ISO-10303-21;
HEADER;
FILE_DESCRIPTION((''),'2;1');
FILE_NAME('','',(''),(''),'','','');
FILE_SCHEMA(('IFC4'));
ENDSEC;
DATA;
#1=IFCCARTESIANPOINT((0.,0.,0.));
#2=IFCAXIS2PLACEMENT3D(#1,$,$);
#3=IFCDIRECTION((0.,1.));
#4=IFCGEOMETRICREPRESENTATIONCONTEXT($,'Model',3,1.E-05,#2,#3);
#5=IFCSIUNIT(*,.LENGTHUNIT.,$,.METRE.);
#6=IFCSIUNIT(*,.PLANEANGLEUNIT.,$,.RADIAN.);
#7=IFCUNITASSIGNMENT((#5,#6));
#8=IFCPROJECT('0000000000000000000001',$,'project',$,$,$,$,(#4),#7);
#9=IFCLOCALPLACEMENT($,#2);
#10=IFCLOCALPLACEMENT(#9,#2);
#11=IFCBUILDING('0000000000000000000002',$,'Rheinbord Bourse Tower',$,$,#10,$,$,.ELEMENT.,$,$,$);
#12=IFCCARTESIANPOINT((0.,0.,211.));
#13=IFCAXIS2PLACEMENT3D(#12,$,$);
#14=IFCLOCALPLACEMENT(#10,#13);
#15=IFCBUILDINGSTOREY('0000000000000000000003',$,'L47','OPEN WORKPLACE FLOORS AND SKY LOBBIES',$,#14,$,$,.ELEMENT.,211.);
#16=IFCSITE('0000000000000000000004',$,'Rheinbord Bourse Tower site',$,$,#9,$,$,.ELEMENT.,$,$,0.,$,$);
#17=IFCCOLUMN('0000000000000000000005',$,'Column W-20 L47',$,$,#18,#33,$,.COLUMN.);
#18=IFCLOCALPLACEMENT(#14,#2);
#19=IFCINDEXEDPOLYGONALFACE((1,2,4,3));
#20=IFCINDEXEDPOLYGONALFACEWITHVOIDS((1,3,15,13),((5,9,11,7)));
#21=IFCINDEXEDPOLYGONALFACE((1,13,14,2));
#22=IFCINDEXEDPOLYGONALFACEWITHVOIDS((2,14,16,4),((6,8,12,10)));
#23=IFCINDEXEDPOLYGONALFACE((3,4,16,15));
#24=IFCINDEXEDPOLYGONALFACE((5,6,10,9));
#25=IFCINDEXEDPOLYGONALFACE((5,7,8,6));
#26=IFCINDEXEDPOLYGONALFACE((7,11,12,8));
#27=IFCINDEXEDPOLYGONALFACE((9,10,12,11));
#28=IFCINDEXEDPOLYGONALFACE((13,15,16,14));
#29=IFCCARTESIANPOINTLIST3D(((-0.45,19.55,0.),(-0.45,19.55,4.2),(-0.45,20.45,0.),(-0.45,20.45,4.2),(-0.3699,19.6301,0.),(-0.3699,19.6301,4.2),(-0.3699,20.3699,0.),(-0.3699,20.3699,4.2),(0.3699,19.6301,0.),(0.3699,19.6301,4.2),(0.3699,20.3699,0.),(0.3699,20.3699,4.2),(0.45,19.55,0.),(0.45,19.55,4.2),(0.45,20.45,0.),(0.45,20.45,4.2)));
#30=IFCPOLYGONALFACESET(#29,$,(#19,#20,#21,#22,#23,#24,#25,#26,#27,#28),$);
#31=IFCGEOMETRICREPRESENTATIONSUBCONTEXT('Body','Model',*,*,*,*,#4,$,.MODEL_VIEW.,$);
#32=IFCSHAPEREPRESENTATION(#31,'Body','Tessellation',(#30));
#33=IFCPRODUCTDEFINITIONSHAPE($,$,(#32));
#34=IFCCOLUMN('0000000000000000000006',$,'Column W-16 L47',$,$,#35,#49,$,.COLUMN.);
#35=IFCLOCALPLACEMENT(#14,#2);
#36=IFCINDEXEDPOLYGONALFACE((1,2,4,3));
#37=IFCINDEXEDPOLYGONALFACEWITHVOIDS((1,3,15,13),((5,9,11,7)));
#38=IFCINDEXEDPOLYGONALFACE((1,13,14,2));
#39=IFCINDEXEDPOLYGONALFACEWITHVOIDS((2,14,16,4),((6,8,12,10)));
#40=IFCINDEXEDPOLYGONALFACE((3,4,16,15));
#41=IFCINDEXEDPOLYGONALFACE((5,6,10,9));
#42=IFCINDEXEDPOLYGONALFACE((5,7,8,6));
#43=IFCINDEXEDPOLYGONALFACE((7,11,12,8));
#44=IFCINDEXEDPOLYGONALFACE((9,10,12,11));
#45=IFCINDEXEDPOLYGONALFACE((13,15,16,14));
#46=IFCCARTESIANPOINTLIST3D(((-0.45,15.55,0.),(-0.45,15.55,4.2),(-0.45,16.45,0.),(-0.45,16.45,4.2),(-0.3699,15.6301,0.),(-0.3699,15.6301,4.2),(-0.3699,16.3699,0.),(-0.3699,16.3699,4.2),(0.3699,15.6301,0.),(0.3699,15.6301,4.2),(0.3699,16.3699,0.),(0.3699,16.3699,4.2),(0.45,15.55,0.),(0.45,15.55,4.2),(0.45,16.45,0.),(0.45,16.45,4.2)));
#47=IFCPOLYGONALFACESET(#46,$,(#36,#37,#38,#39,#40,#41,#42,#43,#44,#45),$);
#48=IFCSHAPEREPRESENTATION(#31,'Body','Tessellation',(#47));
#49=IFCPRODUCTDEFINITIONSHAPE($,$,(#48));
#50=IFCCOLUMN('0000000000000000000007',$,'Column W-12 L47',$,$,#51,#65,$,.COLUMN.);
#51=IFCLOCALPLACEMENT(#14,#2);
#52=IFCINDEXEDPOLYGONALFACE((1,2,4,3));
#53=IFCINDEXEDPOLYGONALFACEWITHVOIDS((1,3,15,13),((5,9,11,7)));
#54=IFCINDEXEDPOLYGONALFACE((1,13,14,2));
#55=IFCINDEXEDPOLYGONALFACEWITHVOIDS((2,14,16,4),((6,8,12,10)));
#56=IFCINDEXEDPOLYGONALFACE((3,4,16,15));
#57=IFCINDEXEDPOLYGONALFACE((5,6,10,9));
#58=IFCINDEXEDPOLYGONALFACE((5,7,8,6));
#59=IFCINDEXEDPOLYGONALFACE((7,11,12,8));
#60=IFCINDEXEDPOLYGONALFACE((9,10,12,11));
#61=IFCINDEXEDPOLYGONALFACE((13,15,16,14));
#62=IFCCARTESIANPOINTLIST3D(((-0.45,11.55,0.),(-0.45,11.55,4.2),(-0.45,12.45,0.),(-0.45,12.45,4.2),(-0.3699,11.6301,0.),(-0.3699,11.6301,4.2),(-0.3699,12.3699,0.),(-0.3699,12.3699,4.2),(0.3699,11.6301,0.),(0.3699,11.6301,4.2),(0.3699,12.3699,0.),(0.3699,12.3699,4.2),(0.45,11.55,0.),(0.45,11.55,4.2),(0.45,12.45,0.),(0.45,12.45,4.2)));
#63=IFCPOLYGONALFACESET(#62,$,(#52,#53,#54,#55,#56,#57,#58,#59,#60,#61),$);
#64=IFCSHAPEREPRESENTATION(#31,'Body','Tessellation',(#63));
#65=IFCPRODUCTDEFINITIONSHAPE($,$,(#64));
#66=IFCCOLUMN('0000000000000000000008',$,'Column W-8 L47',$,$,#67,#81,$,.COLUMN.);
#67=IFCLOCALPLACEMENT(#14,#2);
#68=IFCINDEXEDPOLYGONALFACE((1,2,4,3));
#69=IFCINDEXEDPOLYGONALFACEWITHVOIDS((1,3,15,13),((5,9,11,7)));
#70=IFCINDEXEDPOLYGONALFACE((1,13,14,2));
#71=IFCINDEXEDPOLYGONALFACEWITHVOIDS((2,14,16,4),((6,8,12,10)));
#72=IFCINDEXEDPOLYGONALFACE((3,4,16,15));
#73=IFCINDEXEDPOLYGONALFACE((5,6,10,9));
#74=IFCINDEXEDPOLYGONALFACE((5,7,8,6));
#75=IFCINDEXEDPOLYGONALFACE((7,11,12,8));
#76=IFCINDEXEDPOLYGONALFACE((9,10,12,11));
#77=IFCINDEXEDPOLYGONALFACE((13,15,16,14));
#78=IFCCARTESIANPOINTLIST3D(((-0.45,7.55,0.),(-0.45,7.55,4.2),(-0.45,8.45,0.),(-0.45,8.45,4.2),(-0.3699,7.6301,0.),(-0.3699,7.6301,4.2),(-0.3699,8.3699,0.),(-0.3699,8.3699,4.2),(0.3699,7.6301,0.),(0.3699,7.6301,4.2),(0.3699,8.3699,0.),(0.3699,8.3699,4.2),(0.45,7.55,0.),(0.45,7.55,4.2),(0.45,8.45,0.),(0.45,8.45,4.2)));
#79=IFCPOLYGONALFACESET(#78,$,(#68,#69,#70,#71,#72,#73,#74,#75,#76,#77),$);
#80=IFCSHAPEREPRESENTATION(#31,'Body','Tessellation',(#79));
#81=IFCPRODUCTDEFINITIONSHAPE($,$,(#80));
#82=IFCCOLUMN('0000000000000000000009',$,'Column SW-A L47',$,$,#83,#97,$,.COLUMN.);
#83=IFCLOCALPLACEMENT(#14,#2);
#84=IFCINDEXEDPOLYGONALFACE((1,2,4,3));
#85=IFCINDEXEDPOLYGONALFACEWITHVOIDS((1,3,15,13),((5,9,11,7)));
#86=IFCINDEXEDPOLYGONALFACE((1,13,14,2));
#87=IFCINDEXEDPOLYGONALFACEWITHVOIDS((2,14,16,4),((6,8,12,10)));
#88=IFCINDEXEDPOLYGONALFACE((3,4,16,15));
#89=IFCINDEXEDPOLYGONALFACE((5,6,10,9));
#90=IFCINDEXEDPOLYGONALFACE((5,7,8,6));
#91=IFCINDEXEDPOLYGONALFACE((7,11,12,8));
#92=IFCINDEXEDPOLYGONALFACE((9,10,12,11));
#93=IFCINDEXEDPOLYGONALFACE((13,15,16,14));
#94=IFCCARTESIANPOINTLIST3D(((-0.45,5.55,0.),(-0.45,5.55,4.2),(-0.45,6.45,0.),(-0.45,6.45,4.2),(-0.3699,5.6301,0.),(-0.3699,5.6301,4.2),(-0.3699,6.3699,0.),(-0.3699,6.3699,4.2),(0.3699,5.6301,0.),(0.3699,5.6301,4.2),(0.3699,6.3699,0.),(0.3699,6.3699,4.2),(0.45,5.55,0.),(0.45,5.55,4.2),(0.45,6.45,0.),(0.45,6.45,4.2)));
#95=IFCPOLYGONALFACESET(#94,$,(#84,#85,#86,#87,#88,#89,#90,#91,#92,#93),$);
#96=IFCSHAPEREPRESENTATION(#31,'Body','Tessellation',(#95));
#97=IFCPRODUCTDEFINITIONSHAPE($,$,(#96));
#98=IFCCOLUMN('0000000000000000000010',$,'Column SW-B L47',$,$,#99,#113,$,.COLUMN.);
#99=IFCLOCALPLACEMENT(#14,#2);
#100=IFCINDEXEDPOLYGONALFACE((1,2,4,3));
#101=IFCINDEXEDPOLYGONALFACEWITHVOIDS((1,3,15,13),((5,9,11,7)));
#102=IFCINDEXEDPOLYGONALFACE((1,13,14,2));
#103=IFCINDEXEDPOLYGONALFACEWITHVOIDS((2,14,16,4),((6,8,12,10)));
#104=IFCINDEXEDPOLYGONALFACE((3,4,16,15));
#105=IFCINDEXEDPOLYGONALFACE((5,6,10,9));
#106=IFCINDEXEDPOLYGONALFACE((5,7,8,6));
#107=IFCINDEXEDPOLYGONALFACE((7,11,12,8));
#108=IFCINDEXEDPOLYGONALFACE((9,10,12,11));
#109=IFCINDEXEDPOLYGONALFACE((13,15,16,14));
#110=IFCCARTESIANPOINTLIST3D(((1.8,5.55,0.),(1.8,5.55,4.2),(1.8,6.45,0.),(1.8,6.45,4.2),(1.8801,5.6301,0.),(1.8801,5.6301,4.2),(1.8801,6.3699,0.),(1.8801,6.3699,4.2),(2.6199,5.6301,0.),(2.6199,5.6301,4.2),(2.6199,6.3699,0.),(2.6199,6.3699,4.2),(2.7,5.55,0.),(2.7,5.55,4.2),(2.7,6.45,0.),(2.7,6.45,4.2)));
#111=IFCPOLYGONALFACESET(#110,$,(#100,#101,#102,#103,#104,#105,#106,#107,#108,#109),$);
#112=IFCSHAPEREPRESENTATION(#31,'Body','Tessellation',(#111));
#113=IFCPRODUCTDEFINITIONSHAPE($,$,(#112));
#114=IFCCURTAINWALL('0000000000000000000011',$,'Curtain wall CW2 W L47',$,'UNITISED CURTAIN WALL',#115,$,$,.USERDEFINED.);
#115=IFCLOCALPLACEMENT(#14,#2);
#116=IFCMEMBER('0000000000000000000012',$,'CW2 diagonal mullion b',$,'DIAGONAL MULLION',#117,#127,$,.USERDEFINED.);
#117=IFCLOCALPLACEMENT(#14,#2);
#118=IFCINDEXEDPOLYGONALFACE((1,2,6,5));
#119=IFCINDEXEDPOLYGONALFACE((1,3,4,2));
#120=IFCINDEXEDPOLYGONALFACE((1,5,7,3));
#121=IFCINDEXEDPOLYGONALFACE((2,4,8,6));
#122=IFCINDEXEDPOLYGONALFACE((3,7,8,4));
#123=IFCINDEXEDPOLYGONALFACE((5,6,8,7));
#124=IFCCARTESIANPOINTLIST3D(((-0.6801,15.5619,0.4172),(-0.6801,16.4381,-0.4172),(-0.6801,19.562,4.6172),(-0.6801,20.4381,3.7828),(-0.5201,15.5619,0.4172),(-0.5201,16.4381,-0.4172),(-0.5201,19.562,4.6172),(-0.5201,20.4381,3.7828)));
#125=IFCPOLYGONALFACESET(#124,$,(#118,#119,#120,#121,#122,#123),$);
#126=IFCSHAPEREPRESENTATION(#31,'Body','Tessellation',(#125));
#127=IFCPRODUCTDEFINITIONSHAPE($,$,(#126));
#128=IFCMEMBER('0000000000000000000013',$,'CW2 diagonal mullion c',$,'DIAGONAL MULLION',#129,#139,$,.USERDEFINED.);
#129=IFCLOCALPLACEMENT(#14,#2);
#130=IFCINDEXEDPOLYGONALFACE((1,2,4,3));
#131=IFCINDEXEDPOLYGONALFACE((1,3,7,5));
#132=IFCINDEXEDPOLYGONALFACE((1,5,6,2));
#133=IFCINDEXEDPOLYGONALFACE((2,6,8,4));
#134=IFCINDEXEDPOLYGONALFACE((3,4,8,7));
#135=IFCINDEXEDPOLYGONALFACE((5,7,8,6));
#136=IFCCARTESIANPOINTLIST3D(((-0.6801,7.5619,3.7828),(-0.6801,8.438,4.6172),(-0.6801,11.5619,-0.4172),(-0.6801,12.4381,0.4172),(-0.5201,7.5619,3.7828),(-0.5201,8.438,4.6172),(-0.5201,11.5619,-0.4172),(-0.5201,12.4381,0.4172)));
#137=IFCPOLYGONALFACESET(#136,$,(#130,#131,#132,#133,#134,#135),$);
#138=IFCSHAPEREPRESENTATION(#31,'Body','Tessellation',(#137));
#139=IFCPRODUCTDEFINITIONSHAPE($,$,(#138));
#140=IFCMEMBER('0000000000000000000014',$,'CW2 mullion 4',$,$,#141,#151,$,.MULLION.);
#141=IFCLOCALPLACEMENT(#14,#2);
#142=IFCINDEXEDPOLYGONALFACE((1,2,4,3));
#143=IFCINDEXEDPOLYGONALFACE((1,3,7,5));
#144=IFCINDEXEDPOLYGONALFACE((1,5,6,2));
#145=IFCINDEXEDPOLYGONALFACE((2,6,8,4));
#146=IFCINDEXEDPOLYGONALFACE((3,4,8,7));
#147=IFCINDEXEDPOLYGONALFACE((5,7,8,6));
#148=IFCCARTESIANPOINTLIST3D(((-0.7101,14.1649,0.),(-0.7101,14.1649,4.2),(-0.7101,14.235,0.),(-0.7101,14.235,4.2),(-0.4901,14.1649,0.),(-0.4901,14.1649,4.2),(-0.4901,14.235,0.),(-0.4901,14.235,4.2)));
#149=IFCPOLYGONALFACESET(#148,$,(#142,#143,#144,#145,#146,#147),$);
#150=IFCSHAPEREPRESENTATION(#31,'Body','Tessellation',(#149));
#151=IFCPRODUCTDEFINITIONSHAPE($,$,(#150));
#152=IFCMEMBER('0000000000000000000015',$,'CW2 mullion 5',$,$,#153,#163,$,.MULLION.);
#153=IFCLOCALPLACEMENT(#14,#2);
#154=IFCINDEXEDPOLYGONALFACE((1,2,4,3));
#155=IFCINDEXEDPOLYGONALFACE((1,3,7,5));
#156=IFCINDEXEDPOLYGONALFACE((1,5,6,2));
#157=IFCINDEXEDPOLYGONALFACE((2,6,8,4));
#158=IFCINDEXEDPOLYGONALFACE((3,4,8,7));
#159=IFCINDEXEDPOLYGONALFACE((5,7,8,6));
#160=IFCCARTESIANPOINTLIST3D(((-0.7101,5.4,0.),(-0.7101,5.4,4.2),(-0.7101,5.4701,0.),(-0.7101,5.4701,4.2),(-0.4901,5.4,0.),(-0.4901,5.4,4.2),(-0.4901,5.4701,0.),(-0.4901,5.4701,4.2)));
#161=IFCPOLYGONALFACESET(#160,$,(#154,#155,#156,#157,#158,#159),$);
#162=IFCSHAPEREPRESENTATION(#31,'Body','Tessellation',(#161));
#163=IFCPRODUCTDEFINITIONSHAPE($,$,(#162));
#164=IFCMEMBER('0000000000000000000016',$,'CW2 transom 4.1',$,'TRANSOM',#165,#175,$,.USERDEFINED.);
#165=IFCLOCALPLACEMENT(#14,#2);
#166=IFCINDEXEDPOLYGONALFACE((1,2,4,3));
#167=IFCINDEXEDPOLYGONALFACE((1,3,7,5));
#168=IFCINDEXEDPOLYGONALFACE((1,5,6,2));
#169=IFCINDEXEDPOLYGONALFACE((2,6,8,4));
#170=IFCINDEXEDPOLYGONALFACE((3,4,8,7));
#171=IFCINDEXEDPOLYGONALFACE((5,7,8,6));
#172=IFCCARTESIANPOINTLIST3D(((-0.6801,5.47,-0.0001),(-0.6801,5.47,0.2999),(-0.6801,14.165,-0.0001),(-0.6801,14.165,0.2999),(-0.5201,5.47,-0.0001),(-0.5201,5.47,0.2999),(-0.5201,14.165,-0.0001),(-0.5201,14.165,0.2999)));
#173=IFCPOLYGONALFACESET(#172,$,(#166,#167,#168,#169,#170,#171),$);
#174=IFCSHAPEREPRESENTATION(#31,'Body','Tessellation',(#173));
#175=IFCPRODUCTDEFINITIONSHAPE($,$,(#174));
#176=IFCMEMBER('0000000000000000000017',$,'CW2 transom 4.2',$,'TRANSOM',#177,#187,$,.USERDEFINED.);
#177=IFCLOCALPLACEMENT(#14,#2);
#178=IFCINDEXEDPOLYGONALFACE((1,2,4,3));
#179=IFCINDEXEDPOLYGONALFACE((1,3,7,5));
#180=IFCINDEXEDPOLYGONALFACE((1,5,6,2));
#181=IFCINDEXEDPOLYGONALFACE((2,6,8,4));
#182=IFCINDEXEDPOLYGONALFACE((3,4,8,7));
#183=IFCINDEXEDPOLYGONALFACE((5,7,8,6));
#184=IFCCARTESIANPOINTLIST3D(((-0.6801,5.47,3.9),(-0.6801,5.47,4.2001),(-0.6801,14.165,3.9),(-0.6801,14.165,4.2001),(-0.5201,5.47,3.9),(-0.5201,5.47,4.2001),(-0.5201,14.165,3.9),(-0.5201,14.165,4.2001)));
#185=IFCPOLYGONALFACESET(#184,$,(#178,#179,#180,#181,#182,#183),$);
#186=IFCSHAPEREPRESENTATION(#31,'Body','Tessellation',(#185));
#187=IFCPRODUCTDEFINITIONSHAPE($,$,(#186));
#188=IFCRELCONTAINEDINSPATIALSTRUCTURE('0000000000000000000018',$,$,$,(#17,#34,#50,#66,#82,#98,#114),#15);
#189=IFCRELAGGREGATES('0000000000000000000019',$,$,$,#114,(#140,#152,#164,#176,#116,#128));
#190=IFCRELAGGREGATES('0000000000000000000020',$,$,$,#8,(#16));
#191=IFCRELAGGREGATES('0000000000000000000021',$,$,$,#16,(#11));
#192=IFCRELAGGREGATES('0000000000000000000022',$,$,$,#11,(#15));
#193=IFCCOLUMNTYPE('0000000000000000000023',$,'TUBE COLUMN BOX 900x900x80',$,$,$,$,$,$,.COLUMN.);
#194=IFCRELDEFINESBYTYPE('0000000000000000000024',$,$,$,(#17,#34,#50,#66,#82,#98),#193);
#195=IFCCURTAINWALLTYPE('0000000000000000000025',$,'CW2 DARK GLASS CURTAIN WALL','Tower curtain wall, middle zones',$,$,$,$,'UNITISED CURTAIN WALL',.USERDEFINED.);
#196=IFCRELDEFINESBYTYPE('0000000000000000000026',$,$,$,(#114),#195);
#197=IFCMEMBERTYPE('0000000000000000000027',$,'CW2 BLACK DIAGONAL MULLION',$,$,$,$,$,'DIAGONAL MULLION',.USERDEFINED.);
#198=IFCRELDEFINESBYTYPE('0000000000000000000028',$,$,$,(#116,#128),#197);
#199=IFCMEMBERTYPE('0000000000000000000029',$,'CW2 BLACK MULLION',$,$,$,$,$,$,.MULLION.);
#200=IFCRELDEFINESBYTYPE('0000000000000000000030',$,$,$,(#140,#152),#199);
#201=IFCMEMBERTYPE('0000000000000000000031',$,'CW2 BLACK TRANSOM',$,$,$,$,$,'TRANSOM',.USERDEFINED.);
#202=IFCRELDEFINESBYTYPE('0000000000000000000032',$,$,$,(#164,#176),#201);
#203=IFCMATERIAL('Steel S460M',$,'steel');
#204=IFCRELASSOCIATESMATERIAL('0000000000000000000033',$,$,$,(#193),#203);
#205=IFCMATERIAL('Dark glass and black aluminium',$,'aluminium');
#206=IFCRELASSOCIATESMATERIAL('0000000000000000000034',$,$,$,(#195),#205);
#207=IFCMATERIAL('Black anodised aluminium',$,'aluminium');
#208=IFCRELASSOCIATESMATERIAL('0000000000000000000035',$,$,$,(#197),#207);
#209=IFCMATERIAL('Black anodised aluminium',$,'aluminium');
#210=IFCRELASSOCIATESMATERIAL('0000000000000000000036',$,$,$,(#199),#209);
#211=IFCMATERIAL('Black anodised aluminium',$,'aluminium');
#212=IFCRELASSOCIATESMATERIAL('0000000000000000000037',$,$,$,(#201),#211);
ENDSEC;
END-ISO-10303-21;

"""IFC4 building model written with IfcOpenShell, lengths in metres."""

from ifc_helpers import new_model, si_unit, direction, frame, origin, origin_2d, place, context, subcontext, project, spatial, rectangle, hollow_rectangle, extrude, material, material_profile, profile_set, type_object, element, aggregate, save


model = new_model("IFC4")

# Units and contexts
model_context = context("Model", 3, precision=1e-05, world=origin(), true_north=direction((0.0, 1.0)))
body_context = subcontext(model_context, "Body", "Model", "MODEL_VIEW")
ifc_project = project(units=[si_unit("LENGTHUNIT", "METRE"), si_unit("PLANEANGLEUNIT", "RADIAN")], contexts=[model_context])

# Site, building, storey
site_placement = place(None, origin())
site = spatial("IfcSite", under=ifc_project, at=site_placement, Name="Rheinbord Bourse Tower site", CompositionType="ELEMENT", RefElevation=0.0)
building_placement = place(site_placement, origin())
building = spatial("IfcBuilding", under=site, at=building_placement, Name="Rheinbord Bourse Tower", CompositionType="ELEMENT")
storey_placement = place(building_placement, frame((0.0, 0.0, 211.0)))
storey = spatial("IfcBuildingStorey", under=building, at=storey_placement, Name="L47", Description="OPEN WORKPLACE FLOORS AND SKY LOBBIES", CompositionType="ELEMENT", Elevation=211.0)

# Columns
ifc_material_1 = material(Name="Steel S460M", Category="steel")
ifc_material_profile_1 = material_profile(ifc_material_1, hollow_rectangle(XDim=0.8999, YDim=0.8999, WallThickness=0.0801, at=origin_2d()), Name="BOX 900x900x80")
ifc_profile_set_1 = profile_set([ifc_material_profile_1], Name="Steel S460M")
column_type = type_object("IfcColumnType", Name="TUBE COLUMN BOX 900x900x80", PredefinedType="COLUMN", material=ifc_profile_set_1)
for number, where, z_axis, x_axis, name in (
    (1, (0.0, 20.0, 0.0), (0.0, 0.0, 1.0), (1.0, 0.0, 0.0), "Column W-20 L47"),
    (2, (0.0, 16.0, 0.0), (0.0, 0.0, 1.0), (1.0, 0.0, 0.0), "Column W-16 L47"),
    (3, (0.0, 12.0, 0.0), (0.0, 0.0, 1.0), (1.0, 0.0, 0.0), "Column W-12 L47"),
    (4, (0.0, 8.0, 0.0), (0.0, 0.0, 1.0), (1.0, 0.0, 0.0), "Column W-8 L47"),
    (5, (0.0, 6.0, 0.0), (0.0, 0.0, 1.0), (1.0, 0.0, 0.0), "Column SW-A L47"),
    (6, (2.25, 6.0, 0.0), (0.0, 0.0, 1.0), (1.0, 0.0, 0.0), "Column SW-B L47"),
):
    element("IfcColumn", number, at=place(storey_placement, frame(where, z_axis=z_axis, x_axis=x_axis)), inside=storey, type_object=column_type, Name=name, PredefinedType="COLUMN", context=body_context, shape_type="SweptSolid", body=[
        extrude(hollow_rectangle(XDim=0.8999, YDim=0.8999, WallThickness=0.0801, at=origin_2d()), origin(), (0.0, 0.0, 1.0), 4.2),
    ])

# Curtain wall, members
ifc_material_2 = material(Name="Dark glass and black aluminium", Category="aluminium")
curtain_wall_type = type_object("IfcCurtainWallType", Name="CW2 DARK GLASS CURTAIN WALL", Description="Tower curtain wall, middle zones", ElementType="UNITISED CURTAIN WALL", PredefinedType="USERDEFINED", material=ifc_material_2)
curtain_wall_placement = place(storey_placement, origin())
curtain_wall = element("IfcCurtainWall", 7, at=curtain_wall_placement, inside=storey, type_object=curtain_wall_type, Name="Curtain wall CW2 W L47", ObjectType="UNITISED CURTAIN WALL", PredefinedType="USERDEFINED")
ifc_material_3 = material(Name="Black anodised aluminium", Category="aluminium")
ifc_material_profile_2 = material_profile(ifc_material_3, rectangle(XDim=0.1599, YDim=1.21, at=origin_2d()), Name="CW2 DIAGONAL MULLION 1210x160")
ifc_profile_set_2 = profile_set([ifc_material_profile_2], Name="Black anodised aluminium")
member_type_1 = type_object("IfcMemberType", Name="CW2 BLACK DIAGONAL MULLION", ElementType="DIAGONAL MULLION", PredefinedType="USERDEFINED", material=ifc_profile_set_2)
member_1_placement = place(storey_placement, frame((-0.6001, 16.0, 0.0), z_axis=(0.0, 0.689659, 0.724134), x_axis=(-1.0, 0.0, 0.0)))
member_1 = element("IfcMember", 8, at=member_1_placement, type_object=member_type_1, Name="CW2 diagonal mullion b", ObjectType="DIAGONAL MULLION", PredefinedType="USERDEFINED", context=body_context, shape_type="SweptSolid", body=[
    extrude(rectangle(XDim=0.1599, YDim=1.21, at=origin_2d()), origin(), (0.0, 0.0, 1.0), 5.8),
])
member_2_placement = place(storey_placement, frame((-0.6001, 12.0, 0.0), z_axis=(0.0, -0.689659, 0.724134), x_axis=(1.0, 0.0, 0.0)))
member_2 = element("IfcMember", 9, at=member_2_placement, type_object=member_type_1, Name="CW2 diagonal mullion c", ObjectType="DIAGONAL MULLION", PredefinedType="USERDEFINED", context=body_context, shape_type="SweptSolid", body=[
    extrude(rectangle(XDim=0.1599, YDim=1.21, at=origin_2d()), origin(), (0.0, 0.0, 1.0), 5.8),
])
ifc_material_4 = material(Name="Black anodised aluminium", Category="aluminium")
ifc_material_profile_3 = material_profile(ifc_material_4, rectangle(XDim=0.22, YDim=0.0701, at=origin_2d()), Name="CW2 MULLION 70x220")
ifc_profile_set_3 = profile_set([ifc_material_profile_3], Name="Black anodised aluminium")
member_type_2 = type_object("IfcMemberType", Name="CW2 BLACK MULLION", PredefinedType="MULLION", material=ifc_profile_set_3)
member_3_placement = place(storey_placement, frame((-0.6001, 14.2, 0.0), z_axis=(0.0, 0.0, 1.0), x_axis=(1.0, 0.0, 0.0)))
member_3 = element("IfcMember", 10, at=member_3_placement, type_object=member_type_2, Name="CW2 mullion 4", PredefinedType="MULLION", context=body_context, shape_type="SweptSolid", body=[
    extrude(rectangle(XDim=0.22, YDim=0.0701, at=origin_2d()), origin(), (0.0, 0.0, 1.0), 4.2),
])
member_4_placement = place(storey_placement, frame((-0.6001, 5.4351, 0.0), z_axis=(0.0, 0.0, 1.0), x_axis=(1.0, 0.0, 0.0)))
member_4 = element("IfcMember", 11, at=member_4_placement, type_object=member_type_2, Name="CW2 mullion 5", PredefinedType="MULLION", context=body_context, shape_type="SweptSolid", body=[
    extrude(rectangle(XDim=0.22, YDim=0.0701, at=origin_2d()), origin(), (0.0, 0.0, 1.0), 4.2),
])
ifc_material_5 = material(Name="Black anodised aluminium", Category="aluminium")
ifc_material_profile_4 = material_profile(ifc_material_5, rectangle(XDim=0.1599, YDim=0.3, at=origin_2d()), Name="CW2 TRANSOM 300x160")
ifc_profile_set_4 = profile_set([ifc_material_profile_4], Name="Black anodised aluminium")
member_type_3 = type_object("IfcMemberType", Name="CW2 BLACK TRANSOM", ElementType="TRANSOM", PredefinedType="USERDEFINED", material=ifc_profile_set_4)
member_5_placement = place(storey_placement, frame((-0.6001, 14.165, 0.1499), z_axis=(0.0, -1.0, 0.0), x_axis=(1.0, 0.0, 0.0)))
member_5 = element("IfcMember", 12, at=member_5_placement, type_object=member_type_3, Name="CW2 transom 4.1", ObjectType="TRANSOM", PredefinedType="USERDEFINED", context=body_context, shape_type="SweptSolid", body=[
    extrude(rectangle(XDim=0.1599, YDim=0.3, at=origin_2d()), origin(), (0.0, 0.0, 1.0), 8.6951),
])
member_6_placement = place(storey_placement, frame((-0.6001, 14.165, 4.05), z_axis=(0.0, -1.0, 0.0), x_axis=(1.0, 0.0, 0.0)))
member_6 = element("IfcMember", 13, at=member_6_placement, type_object=member_type_3, Name="CW2 transom 4.2", ObjectType="TRANSOM", PredefinedType="USERDEFINED", context=body_context, shape_type="SweptSolid", body=[
    extrude(rectangle(XDim=0.1599, YDim=0.3, at=origin_2d()), origin(), (0.0, 0.0, 1.0), 8.6951),
])

aggregate(curtain_wall, [member_3, member_4, member_5, member_6, member_1, member_2])

save(model, "model.ifc")
